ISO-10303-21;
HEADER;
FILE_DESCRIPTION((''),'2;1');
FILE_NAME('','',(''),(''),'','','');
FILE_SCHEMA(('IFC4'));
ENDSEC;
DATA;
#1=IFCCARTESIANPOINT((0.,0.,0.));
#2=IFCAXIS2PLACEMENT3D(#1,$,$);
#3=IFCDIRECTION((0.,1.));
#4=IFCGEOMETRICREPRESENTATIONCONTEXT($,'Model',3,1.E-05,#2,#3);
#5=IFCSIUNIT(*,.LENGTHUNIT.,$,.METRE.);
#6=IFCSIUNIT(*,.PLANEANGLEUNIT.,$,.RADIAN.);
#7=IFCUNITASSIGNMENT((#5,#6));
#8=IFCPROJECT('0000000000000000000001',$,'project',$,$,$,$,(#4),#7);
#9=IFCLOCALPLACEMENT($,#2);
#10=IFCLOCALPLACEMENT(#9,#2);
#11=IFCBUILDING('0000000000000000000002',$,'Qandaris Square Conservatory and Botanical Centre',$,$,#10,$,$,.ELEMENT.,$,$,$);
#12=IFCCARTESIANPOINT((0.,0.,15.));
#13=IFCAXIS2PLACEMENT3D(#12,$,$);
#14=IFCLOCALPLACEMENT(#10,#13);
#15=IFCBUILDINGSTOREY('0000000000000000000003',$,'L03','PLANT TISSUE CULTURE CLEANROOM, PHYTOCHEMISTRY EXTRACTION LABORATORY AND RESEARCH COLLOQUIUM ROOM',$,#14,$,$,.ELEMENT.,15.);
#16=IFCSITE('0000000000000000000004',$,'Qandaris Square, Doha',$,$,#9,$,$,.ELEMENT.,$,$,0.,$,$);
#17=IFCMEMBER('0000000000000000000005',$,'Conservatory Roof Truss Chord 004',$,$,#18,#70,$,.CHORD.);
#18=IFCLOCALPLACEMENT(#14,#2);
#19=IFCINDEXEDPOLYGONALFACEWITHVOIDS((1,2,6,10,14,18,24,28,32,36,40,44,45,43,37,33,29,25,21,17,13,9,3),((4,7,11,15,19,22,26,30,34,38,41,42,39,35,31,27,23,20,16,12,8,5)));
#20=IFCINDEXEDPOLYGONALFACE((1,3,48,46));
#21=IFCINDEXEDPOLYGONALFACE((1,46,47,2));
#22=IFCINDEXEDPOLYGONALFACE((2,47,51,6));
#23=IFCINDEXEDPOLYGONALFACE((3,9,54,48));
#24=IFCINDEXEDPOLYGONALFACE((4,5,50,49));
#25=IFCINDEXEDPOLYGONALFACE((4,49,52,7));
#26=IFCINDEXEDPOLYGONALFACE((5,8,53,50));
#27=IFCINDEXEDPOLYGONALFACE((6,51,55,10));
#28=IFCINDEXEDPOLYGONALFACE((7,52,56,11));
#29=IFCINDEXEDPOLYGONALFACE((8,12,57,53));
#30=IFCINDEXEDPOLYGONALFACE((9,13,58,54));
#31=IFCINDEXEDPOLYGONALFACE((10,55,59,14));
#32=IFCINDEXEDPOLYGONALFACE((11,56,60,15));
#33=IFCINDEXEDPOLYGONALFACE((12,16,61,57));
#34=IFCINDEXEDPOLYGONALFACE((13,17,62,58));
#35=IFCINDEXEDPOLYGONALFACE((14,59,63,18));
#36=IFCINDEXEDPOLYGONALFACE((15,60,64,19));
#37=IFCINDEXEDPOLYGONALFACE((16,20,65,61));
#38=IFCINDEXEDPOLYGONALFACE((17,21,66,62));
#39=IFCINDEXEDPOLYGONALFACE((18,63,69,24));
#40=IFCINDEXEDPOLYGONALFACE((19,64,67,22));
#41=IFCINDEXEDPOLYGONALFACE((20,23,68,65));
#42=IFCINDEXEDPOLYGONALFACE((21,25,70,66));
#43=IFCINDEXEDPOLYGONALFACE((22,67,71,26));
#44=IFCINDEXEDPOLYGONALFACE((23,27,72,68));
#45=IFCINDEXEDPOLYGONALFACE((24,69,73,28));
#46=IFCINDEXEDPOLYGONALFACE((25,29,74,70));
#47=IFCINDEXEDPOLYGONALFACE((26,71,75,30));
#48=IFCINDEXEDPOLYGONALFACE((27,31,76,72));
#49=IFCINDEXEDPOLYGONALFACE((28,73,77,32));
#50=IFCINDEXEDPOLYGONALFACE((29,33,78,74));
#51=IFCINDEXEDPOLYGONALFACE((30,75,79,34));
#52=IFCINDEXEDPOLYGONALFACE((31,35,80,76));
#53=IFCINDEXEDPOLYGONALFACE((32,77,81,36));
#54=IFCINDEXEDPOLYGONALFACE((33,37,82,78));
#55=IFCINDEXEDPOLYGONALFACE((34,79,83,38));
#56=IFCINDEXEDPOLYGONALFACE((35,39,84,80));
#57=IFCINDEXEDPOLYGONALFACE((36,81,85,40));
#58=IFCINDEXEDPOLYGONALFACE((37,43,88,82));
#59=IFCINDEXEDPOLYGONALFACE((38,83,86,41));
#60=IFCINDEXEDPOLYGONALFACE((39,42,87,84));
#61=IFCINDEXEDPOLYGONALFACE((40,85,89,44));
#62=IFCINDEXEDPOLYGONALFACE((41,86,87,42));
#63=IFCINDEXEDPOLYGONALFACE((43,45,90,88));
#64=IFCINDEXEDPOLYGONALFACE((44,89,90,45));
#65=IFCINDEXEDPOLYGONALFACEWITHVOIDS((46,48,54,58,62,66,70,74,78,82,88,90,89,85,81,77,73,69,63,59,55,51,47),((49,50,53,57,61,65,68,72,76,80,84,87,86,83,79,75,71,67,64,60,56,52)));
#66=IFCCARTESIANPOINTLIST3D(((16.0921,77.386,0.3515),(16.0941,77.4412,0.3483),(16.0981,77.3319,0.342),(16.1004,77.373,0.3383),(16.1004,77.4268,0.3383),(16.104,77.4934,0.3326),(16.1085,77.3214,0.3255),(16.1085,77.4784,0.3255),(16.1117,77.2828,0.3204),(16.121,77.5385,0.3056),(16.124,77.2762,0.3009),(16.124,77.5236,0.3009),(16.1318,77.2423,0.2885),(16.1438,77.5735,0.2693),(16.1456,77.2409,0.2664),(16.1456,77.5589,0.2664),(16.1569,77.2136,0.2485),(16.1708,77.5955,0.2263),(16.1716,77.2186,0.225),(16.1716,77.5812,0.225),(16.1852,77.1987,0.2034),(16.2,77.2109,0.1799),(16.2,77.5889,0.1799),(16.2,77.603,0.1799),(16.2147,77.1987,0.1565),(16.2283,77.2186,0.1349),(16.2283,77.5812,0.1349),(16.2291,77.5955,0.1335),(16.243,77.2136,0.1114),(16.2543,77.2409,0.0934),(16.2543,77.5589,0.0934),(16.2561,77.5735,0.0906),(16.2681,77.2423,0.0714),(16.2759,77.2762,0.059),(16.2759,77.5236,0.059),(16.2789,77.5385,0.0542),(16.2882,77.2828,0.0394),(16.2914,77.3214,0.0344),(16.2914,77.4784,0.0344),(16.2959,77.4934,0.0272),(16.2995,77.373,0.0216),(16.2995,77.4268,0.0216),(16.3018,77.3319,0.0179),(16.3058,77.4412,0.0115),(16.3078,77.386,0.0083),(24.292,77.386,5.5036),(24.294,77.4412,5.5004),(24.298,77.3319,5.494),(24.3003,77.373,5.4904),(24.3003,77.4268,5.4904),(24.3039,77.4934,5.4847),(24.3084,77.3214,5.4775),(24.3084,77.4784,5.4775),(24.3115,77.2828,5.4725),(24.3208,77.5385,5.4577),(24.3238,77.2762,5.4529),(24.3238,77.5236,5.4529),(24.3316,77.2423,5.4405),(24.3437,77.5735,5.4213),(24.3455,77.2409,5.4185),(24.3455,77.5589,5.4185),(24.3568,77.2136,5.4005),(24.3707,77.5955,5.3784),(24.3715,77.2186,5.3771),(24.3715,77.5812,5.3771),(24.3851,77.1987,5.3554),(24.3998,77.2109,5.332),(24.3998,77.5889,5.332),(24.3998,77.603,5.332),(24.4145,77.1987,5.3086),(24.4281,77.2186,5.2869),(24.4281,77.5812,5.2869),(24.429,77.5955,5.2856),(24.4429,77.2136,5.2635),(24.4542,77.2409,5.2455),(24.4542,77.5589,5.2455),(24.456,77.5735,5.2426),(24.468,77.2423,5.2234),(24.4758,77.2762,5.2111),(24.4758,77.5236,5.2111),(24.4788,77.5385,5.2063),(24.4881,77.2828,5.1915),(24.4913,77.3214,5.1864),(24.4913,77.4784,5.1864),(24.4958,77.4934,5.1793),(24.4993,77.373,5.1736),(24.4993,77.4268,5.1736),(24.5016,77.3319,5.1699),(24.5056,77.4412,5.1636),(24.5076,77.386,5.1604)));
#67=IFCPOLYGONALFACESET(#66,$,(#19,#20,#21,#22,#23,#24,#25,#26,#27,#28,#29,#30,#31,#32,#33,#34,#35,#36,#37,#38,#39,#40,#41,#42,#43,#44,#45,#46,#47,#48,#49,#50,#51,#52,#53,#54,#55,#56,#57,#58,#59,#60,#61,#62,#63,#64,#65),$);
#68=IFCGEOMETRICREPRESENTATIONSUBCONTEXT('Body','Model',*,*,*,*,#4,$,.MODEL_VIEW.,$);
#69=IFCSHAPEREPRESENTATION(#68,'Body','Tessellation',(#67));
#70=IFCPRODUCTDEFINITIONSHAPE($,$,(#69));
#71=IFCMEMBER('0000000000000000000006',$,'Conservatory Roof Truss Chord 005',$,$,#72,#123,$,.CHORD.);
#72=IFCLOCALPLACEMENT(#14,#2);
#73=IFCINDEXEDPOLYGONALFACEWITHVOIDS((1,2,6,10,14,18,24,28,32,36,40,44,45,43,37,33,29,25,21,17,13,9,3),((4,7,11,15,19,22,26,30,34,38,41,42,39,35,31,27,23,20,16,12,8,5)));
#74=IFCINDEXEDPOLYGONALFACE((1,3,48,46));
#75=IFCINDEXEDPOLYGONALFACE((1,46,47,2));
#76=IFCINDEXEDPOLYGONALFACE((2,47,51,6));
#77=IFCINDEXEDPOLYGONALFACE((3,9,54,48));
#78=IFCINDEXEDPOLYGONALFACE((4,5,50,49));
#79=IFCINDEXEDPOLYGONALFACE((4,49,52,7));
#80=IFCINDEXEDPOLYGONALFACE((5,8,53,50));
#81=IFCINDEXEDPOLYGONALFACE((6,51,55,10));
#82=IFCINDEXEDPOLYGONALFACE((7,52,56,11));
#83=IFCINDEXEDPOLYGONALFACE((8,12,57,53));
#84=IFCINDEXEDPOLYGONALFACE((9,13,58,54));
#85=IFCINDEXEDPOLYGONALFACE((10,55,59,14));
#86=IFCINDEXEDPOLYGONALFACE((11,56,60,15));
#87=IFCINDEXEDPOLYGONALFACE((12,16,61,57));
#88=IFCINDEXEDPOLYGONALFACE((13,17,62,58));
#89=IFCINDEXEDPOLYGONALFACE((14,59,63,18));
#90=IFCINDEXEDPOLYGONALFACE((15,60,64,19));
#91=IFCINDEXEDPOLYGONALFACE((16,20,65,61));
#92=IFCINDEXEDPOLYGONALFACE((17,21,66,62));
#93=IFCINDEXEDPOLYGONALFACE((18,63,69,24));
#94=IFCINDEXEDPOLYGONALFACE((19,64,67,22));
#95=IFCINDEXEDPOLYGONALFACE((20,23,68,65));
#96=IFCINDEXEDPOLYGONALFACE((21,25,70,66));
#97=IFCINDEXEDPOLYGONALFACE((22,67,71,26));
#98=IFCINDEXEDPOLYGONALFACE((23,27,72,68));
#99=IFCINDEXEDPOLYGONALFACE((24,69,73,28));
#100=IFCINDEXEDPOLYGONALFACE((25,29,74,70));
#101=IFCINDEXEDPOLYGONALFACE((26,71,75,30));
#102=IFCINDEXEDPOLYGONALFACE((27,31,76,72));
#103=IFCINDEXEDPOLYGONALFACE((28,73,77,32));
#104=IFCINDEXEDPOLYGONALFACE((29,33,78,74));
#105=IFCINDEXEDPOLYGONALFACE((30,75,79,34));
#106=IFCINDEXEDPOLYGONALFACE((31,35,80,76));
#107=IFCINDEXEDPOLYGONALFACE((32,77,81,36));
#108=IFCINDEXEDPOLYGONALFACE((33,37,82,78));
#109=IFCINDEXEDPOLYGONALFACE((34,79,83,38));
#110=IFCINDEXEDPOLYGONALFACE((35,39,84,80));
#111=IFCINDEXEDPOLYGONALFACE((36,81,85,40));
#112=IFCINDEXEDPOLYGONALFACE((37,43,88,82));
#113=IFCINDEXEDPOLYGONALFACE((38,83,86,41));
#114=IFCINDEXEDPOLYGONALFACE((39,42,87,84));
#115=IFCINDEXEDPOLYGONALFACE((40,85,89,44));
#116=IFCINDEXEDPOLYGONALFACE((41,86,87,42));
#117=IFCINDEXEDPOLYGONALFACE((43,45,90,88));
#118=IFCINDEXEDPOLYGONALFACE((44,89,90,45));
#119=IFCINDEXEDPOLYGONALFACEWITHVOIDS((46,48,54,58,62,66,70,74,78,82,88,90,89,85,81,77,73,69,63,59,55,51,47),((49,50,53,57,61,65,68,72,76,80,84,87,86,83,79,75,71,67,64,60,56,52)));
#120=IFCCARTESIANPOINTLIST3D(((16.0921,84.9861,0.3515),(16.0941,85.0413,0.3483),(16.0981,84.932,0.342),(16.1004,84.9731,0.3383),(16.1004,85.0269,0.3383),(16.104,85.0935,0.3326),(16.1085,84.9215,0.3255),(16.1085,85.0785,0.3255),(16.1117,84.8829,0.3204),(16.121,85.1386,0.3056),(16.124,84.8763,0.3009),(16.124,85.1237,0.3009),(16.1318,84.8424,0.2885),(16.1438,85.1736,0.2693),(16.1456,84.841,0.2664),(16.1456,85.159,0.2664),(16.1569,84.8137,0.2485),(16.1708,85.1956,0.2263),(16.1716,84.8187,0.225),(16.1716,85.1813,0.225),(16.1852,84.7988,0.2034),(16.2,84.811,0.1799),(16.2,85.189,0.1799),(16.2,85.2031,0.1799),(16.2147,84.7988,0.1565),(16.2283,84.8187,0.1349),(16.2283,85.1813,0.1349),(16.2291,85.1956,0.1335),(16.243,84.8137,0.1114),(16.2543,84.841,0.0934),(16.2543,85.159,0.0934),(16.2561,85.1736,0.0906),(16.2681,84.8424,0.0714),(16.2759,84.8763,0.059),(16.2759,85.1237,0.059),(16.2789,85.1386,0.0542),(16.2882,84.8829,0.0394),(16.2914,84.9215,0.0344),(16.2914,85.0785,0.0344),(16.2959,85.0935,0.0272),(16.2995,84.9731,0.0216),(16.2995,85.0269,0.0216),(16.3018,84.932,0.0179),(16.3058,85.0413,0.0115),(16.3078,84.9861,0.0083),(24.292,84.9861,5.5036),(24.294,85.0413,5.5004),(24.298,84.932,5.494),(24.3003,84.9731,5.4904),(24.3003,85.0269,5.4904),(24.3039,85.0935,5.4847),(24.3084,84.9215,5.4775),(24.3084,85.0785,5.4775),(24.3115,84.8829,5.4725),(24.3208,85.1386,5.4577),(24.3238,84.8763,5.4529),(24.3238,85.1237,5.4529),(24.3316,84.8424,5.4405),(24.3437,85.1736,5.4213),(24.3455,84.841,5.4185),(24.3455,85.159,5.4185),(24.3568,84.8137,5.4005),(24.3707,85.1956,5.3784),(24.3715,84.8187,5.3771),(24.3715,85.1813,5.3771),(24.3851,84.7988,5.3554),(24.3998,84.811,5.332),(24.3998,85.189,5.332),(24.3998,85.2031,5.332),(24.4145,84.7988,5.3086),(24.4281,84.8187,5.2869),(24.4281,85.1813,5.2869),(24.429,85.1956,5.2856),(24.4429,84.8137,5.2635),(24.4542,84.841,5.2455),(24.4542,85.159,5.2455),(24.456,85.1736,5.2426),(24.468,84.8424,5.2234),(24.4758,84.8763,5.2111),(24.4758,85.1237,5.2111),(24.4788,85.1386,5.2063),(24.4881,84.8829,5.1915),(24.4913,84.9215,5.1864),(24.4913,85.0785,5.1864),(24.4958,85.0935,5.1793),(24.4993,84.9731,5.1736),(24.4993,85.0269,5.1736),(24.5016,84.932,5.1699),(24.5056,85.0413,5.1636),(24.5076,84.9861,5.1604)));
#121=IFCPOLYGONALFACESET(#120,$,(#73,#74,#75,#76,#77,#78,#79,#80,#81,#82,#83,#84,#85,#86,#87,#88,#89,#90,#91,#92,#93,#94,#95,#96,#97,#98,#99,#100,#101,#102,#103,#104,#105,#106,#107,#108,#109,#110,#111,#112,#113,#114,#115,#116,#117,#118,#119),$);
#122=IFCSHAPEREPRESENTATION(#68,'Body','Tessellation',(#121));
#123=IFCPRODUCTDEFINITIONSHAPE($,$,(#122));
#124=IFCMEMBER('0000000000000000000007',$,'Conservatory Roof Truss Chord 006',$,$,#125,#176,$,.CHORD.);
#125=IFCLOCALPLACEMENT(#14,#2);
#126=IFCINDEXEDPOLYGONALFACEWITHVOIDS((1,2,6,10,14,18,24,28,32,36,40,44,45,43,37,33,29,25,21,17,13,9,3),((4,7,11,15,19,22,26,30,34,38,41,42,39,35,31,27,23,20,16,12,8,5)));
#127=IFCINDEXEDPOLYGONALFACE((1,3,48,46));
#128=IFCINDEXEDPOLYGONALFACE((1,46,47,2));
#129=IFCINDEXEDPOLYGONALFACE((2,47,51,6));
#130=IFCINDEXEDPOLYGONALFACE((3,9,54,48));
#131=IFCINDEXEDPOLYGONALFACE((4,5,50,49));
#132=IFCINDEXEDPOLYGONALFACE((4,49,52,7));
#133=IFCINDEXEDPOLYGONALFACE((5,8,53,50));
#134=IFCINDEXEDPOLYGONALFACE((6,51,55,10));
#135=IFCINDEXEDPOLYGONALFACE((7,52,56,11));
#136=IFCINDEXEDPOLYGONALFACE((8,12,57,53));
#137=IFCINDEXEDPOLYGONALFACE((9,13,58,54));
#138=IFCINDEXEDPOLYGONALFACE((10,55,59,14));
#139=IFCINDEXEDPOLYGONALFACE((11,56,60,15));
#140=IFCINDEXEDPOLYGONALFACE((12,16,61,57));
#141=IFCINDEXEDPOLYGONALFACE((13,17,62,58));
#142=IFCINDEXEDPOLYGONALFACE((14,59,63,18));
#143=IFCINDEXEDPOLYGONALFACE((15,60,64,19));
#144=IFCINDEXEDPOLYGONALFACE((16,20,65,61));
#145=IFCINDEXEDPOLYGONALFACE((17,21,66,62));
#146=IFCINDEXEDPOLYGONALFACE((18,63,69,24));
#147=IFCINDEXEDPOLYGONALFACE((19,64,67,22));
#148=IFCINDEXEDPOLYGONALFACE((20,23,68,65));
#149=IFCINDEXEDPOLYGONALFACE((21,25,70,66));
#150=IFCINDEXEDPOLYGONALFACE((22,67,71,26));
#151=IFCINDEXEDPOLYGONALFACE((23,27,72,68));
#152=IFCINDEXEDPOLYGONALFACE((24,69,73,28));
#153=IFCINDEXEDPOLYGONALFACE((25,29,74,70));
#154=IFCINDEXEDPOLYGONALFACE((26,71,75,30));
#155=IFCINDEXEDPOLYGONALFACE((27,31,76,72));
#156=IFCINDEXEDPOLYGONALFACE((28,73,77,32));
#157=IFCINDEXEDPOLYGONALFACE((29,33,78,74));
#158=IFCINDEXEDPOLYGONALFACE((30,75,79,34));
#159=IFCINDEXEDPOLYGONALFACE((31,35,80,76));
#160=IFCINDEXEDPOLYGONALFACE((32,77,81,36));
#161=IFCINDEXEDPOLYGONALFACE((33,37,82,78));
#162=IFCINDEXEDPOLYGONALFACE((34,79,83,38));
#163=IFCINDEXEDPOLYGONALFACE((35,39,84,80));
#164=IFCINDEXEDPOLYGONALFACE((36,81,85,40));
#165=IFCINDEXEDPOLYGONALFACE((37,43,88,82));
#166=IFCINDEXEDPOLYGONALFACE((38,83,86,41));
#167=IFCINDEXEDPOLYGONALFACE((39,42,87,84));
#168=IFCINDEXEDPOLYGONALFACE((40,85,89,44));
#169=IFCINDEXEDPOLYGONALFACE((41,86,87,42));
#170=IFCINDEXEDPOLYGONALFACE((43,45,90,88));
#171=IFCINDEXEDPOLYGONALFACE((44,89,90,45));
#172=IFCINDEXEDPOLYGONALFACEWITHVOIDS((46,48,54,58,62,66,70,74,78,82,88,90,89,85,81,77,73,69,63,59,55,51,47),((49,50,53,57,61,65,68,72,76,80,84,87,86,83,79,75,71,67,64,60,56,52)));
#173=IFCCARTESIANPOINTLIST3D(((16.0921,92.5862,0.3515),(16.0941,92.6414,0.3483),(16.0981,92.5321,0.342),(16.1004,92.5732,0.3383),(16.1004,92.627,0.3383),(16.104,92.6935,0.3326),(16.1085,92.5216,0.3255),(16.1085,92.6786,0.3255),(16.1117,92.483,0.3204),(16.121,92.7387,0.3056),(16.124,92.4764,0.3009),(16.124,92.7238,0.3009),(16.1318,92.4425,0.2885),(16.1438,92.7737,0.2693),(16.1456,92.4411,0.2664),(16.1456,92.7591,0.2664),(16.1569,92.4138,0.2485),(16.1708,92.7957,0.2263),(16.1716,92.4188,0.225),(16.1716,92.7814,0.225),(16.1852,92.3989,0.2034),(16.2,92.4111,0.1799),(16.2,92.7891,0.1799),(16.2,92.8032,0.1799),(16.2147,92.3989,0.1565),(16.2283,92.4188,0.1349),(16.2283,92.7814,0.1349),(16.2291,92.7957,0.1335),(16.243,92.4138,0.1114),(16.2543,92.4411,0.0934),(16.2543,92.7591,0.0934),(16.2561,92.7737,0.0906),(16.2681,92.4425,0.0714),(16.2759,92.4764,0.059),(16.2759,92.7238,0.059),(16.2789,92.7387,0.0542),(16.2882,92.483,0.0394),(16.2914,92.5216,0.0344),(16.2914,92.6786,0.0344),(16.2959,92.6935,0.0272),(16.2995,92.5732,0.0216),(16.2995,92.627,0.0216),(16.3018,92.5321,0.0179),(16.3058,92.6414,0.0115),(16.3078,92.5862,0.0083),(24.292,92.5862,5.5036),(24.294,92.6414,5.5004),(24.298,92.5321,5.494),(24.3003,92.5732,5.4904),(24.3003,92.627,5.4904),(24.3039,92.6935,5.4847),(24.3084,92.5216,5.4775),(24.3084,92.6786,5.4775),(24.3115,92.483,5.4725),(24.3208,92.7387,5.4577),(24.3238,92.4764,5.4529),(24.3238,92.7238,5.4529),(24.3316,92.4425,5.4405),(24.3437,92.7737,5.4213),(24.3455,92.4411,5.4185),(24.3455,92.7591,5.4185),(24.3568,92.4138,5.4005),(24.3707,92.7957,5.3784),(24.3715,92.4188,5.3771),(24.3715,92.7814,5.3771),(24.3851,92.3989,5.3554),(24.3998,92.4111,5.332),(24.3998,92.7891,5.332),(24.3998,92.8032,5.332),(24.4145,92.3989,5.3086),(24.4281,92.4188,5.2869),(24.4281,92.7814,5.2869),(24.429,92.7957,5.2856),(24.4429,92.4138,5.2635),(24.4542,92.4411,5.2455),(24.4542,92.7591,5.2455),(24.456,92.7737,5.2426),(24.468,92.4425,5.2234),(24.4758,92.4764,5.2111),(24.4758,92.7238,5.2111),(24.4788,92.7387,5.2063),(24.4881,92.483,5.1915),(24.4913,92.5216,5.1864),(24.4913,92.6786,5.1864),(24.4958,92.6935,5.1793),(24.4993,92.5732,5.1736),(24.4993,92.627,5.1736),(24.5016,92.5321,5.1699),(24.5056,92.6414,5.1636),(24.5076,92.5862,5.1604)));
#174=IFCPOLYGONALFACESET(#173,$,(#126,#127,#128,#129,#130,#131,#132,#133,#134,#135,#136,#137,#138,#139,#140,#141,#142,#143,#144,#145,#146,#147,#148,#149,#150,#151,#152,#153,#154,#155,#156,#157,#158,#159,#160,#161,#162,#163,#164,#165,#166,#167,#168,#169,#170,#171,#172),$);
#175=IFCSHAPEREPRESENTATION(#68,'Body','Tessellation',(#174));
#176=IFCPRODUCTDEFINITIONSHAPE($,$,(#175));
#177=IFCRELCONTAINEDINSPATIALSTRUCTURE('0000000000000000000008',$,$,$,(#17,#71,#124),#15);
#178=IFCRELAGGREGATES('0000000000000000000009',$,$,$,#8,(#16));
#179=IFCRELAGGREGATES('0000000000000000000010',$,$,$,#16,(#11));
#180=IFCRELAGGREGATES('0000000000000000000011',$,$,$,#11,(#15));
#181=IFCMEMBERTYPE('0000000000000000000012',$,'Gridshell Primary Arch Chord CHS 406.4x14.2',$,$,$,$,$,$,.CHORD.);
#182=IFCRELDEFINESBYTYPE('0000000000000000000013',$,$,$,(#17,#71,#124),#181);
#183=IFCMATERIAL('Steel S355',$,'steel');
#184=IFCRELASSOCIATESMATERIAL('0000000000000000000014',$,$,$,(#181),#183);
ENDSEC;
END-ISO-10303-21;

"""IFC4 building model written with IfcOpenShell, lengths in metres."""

from ifc_helpers import new_model, si_unit, direction, frame, origin, origin_2d, place, context, subcontext, project, spatial, hollow_circle, extrude, material, material_profile, profile_set, type_object, element, save


model = new_model("IFC4")

# Units and contexts
model_context = context("Model", 3, precision=1e-05, world=origin(), true_north=direction((0.0, 1.0)))
body_context = subcontext(model_context, "Body", "Model", "MODEL_VIEW")
ifc_project = project(units=[si_unit("LENGTHUNIT", "METRE"), si_unit("PLANEANGLEUNIT", "RADIAN")], contexts=[model_context])

# Site, building, storey
site_placement = place(None, origin())
site = spatial("IfcSite", under=ifc_project, at=site_placement, Name="Qandaris Square, Doha", CompositionType="ELEMENT", RefElevation=0.0)
building_placement = place(site_placement, origin())
building = spatial("IfcBuilding", under=site, at=building_placement, Name="Qandaris Square Conservatory and Botanical Centre", CompositionType="ELEMENT")
storey_placement = place(building_placement, frame((0.0, 0.0, 15.0)))
storey = spatial("IfcBuildingStorey", under=building, at=storey_placement, Name="L03", Description="PLANT TISSUE CULTURE CLEANROOM, PHYTOCHEMISTRY EXTRACTION LABORATORY AND RESEARCH COLLOQUIUM ROOM", CompositionType="ELEMENT", Elevation=15.0)

# Members
ifc_material_1 = material(Name="Steel S355", Category="steel")
ifc_material_profile_1 = material_profile(ifc_material_1, hollow_circle(Radius=0.2031, WallThickness=0.0142, at=origin_2d()), Name="CHS 406.4x14.2")
ifc_profile_set_1 = profile_set([ifc_material_profile_1], Name="Steel S355")
member_type_1 = type_object("IfcMemberType", Name="Gridshell Primary Arch Chord CHS 406.4x14.2", PredefinedType="CHORD", material=ifc_profile_set_1)
for number, where, z_axis, x_axis, name in (
    (1, (16.2, 77.3999, 0.1799), (0.846737, 0.0, 0.532012), (0.0, 1.0, 0.0), "Conservatory Roof Truss Chord 004"),
    (2, (16.2, 85.0, 0.1799), (0.846737, 0.0, 0.532012), (0.0, 1.0, 0.0), "Conservatory Roof Truss Chord 005"),
    (3, (16.2, 92.6001, 0.1799), (0.846737, 0.0, 0.532012), (0.0, 1.0, 0.0), "Conservatory Roof Truss Chord 006"),
):
    element("IfcMember", number, at=place(storey_placement, frame(where, z_axis=z_axis, x_axis=x_axis)), inside=storey, type_object=member_type_1, Name=name, PredefinedType="CHORD", context=body_context, shape_type="SweptSolid", body=[
        extrude(hollow_circle(Radius=0.2031, WallThickness=0.0142, at=origin_2d()), origin(), (0.0, 0.0, 1.0), 9.6841),
    ])

save(model, "model.ifc")
